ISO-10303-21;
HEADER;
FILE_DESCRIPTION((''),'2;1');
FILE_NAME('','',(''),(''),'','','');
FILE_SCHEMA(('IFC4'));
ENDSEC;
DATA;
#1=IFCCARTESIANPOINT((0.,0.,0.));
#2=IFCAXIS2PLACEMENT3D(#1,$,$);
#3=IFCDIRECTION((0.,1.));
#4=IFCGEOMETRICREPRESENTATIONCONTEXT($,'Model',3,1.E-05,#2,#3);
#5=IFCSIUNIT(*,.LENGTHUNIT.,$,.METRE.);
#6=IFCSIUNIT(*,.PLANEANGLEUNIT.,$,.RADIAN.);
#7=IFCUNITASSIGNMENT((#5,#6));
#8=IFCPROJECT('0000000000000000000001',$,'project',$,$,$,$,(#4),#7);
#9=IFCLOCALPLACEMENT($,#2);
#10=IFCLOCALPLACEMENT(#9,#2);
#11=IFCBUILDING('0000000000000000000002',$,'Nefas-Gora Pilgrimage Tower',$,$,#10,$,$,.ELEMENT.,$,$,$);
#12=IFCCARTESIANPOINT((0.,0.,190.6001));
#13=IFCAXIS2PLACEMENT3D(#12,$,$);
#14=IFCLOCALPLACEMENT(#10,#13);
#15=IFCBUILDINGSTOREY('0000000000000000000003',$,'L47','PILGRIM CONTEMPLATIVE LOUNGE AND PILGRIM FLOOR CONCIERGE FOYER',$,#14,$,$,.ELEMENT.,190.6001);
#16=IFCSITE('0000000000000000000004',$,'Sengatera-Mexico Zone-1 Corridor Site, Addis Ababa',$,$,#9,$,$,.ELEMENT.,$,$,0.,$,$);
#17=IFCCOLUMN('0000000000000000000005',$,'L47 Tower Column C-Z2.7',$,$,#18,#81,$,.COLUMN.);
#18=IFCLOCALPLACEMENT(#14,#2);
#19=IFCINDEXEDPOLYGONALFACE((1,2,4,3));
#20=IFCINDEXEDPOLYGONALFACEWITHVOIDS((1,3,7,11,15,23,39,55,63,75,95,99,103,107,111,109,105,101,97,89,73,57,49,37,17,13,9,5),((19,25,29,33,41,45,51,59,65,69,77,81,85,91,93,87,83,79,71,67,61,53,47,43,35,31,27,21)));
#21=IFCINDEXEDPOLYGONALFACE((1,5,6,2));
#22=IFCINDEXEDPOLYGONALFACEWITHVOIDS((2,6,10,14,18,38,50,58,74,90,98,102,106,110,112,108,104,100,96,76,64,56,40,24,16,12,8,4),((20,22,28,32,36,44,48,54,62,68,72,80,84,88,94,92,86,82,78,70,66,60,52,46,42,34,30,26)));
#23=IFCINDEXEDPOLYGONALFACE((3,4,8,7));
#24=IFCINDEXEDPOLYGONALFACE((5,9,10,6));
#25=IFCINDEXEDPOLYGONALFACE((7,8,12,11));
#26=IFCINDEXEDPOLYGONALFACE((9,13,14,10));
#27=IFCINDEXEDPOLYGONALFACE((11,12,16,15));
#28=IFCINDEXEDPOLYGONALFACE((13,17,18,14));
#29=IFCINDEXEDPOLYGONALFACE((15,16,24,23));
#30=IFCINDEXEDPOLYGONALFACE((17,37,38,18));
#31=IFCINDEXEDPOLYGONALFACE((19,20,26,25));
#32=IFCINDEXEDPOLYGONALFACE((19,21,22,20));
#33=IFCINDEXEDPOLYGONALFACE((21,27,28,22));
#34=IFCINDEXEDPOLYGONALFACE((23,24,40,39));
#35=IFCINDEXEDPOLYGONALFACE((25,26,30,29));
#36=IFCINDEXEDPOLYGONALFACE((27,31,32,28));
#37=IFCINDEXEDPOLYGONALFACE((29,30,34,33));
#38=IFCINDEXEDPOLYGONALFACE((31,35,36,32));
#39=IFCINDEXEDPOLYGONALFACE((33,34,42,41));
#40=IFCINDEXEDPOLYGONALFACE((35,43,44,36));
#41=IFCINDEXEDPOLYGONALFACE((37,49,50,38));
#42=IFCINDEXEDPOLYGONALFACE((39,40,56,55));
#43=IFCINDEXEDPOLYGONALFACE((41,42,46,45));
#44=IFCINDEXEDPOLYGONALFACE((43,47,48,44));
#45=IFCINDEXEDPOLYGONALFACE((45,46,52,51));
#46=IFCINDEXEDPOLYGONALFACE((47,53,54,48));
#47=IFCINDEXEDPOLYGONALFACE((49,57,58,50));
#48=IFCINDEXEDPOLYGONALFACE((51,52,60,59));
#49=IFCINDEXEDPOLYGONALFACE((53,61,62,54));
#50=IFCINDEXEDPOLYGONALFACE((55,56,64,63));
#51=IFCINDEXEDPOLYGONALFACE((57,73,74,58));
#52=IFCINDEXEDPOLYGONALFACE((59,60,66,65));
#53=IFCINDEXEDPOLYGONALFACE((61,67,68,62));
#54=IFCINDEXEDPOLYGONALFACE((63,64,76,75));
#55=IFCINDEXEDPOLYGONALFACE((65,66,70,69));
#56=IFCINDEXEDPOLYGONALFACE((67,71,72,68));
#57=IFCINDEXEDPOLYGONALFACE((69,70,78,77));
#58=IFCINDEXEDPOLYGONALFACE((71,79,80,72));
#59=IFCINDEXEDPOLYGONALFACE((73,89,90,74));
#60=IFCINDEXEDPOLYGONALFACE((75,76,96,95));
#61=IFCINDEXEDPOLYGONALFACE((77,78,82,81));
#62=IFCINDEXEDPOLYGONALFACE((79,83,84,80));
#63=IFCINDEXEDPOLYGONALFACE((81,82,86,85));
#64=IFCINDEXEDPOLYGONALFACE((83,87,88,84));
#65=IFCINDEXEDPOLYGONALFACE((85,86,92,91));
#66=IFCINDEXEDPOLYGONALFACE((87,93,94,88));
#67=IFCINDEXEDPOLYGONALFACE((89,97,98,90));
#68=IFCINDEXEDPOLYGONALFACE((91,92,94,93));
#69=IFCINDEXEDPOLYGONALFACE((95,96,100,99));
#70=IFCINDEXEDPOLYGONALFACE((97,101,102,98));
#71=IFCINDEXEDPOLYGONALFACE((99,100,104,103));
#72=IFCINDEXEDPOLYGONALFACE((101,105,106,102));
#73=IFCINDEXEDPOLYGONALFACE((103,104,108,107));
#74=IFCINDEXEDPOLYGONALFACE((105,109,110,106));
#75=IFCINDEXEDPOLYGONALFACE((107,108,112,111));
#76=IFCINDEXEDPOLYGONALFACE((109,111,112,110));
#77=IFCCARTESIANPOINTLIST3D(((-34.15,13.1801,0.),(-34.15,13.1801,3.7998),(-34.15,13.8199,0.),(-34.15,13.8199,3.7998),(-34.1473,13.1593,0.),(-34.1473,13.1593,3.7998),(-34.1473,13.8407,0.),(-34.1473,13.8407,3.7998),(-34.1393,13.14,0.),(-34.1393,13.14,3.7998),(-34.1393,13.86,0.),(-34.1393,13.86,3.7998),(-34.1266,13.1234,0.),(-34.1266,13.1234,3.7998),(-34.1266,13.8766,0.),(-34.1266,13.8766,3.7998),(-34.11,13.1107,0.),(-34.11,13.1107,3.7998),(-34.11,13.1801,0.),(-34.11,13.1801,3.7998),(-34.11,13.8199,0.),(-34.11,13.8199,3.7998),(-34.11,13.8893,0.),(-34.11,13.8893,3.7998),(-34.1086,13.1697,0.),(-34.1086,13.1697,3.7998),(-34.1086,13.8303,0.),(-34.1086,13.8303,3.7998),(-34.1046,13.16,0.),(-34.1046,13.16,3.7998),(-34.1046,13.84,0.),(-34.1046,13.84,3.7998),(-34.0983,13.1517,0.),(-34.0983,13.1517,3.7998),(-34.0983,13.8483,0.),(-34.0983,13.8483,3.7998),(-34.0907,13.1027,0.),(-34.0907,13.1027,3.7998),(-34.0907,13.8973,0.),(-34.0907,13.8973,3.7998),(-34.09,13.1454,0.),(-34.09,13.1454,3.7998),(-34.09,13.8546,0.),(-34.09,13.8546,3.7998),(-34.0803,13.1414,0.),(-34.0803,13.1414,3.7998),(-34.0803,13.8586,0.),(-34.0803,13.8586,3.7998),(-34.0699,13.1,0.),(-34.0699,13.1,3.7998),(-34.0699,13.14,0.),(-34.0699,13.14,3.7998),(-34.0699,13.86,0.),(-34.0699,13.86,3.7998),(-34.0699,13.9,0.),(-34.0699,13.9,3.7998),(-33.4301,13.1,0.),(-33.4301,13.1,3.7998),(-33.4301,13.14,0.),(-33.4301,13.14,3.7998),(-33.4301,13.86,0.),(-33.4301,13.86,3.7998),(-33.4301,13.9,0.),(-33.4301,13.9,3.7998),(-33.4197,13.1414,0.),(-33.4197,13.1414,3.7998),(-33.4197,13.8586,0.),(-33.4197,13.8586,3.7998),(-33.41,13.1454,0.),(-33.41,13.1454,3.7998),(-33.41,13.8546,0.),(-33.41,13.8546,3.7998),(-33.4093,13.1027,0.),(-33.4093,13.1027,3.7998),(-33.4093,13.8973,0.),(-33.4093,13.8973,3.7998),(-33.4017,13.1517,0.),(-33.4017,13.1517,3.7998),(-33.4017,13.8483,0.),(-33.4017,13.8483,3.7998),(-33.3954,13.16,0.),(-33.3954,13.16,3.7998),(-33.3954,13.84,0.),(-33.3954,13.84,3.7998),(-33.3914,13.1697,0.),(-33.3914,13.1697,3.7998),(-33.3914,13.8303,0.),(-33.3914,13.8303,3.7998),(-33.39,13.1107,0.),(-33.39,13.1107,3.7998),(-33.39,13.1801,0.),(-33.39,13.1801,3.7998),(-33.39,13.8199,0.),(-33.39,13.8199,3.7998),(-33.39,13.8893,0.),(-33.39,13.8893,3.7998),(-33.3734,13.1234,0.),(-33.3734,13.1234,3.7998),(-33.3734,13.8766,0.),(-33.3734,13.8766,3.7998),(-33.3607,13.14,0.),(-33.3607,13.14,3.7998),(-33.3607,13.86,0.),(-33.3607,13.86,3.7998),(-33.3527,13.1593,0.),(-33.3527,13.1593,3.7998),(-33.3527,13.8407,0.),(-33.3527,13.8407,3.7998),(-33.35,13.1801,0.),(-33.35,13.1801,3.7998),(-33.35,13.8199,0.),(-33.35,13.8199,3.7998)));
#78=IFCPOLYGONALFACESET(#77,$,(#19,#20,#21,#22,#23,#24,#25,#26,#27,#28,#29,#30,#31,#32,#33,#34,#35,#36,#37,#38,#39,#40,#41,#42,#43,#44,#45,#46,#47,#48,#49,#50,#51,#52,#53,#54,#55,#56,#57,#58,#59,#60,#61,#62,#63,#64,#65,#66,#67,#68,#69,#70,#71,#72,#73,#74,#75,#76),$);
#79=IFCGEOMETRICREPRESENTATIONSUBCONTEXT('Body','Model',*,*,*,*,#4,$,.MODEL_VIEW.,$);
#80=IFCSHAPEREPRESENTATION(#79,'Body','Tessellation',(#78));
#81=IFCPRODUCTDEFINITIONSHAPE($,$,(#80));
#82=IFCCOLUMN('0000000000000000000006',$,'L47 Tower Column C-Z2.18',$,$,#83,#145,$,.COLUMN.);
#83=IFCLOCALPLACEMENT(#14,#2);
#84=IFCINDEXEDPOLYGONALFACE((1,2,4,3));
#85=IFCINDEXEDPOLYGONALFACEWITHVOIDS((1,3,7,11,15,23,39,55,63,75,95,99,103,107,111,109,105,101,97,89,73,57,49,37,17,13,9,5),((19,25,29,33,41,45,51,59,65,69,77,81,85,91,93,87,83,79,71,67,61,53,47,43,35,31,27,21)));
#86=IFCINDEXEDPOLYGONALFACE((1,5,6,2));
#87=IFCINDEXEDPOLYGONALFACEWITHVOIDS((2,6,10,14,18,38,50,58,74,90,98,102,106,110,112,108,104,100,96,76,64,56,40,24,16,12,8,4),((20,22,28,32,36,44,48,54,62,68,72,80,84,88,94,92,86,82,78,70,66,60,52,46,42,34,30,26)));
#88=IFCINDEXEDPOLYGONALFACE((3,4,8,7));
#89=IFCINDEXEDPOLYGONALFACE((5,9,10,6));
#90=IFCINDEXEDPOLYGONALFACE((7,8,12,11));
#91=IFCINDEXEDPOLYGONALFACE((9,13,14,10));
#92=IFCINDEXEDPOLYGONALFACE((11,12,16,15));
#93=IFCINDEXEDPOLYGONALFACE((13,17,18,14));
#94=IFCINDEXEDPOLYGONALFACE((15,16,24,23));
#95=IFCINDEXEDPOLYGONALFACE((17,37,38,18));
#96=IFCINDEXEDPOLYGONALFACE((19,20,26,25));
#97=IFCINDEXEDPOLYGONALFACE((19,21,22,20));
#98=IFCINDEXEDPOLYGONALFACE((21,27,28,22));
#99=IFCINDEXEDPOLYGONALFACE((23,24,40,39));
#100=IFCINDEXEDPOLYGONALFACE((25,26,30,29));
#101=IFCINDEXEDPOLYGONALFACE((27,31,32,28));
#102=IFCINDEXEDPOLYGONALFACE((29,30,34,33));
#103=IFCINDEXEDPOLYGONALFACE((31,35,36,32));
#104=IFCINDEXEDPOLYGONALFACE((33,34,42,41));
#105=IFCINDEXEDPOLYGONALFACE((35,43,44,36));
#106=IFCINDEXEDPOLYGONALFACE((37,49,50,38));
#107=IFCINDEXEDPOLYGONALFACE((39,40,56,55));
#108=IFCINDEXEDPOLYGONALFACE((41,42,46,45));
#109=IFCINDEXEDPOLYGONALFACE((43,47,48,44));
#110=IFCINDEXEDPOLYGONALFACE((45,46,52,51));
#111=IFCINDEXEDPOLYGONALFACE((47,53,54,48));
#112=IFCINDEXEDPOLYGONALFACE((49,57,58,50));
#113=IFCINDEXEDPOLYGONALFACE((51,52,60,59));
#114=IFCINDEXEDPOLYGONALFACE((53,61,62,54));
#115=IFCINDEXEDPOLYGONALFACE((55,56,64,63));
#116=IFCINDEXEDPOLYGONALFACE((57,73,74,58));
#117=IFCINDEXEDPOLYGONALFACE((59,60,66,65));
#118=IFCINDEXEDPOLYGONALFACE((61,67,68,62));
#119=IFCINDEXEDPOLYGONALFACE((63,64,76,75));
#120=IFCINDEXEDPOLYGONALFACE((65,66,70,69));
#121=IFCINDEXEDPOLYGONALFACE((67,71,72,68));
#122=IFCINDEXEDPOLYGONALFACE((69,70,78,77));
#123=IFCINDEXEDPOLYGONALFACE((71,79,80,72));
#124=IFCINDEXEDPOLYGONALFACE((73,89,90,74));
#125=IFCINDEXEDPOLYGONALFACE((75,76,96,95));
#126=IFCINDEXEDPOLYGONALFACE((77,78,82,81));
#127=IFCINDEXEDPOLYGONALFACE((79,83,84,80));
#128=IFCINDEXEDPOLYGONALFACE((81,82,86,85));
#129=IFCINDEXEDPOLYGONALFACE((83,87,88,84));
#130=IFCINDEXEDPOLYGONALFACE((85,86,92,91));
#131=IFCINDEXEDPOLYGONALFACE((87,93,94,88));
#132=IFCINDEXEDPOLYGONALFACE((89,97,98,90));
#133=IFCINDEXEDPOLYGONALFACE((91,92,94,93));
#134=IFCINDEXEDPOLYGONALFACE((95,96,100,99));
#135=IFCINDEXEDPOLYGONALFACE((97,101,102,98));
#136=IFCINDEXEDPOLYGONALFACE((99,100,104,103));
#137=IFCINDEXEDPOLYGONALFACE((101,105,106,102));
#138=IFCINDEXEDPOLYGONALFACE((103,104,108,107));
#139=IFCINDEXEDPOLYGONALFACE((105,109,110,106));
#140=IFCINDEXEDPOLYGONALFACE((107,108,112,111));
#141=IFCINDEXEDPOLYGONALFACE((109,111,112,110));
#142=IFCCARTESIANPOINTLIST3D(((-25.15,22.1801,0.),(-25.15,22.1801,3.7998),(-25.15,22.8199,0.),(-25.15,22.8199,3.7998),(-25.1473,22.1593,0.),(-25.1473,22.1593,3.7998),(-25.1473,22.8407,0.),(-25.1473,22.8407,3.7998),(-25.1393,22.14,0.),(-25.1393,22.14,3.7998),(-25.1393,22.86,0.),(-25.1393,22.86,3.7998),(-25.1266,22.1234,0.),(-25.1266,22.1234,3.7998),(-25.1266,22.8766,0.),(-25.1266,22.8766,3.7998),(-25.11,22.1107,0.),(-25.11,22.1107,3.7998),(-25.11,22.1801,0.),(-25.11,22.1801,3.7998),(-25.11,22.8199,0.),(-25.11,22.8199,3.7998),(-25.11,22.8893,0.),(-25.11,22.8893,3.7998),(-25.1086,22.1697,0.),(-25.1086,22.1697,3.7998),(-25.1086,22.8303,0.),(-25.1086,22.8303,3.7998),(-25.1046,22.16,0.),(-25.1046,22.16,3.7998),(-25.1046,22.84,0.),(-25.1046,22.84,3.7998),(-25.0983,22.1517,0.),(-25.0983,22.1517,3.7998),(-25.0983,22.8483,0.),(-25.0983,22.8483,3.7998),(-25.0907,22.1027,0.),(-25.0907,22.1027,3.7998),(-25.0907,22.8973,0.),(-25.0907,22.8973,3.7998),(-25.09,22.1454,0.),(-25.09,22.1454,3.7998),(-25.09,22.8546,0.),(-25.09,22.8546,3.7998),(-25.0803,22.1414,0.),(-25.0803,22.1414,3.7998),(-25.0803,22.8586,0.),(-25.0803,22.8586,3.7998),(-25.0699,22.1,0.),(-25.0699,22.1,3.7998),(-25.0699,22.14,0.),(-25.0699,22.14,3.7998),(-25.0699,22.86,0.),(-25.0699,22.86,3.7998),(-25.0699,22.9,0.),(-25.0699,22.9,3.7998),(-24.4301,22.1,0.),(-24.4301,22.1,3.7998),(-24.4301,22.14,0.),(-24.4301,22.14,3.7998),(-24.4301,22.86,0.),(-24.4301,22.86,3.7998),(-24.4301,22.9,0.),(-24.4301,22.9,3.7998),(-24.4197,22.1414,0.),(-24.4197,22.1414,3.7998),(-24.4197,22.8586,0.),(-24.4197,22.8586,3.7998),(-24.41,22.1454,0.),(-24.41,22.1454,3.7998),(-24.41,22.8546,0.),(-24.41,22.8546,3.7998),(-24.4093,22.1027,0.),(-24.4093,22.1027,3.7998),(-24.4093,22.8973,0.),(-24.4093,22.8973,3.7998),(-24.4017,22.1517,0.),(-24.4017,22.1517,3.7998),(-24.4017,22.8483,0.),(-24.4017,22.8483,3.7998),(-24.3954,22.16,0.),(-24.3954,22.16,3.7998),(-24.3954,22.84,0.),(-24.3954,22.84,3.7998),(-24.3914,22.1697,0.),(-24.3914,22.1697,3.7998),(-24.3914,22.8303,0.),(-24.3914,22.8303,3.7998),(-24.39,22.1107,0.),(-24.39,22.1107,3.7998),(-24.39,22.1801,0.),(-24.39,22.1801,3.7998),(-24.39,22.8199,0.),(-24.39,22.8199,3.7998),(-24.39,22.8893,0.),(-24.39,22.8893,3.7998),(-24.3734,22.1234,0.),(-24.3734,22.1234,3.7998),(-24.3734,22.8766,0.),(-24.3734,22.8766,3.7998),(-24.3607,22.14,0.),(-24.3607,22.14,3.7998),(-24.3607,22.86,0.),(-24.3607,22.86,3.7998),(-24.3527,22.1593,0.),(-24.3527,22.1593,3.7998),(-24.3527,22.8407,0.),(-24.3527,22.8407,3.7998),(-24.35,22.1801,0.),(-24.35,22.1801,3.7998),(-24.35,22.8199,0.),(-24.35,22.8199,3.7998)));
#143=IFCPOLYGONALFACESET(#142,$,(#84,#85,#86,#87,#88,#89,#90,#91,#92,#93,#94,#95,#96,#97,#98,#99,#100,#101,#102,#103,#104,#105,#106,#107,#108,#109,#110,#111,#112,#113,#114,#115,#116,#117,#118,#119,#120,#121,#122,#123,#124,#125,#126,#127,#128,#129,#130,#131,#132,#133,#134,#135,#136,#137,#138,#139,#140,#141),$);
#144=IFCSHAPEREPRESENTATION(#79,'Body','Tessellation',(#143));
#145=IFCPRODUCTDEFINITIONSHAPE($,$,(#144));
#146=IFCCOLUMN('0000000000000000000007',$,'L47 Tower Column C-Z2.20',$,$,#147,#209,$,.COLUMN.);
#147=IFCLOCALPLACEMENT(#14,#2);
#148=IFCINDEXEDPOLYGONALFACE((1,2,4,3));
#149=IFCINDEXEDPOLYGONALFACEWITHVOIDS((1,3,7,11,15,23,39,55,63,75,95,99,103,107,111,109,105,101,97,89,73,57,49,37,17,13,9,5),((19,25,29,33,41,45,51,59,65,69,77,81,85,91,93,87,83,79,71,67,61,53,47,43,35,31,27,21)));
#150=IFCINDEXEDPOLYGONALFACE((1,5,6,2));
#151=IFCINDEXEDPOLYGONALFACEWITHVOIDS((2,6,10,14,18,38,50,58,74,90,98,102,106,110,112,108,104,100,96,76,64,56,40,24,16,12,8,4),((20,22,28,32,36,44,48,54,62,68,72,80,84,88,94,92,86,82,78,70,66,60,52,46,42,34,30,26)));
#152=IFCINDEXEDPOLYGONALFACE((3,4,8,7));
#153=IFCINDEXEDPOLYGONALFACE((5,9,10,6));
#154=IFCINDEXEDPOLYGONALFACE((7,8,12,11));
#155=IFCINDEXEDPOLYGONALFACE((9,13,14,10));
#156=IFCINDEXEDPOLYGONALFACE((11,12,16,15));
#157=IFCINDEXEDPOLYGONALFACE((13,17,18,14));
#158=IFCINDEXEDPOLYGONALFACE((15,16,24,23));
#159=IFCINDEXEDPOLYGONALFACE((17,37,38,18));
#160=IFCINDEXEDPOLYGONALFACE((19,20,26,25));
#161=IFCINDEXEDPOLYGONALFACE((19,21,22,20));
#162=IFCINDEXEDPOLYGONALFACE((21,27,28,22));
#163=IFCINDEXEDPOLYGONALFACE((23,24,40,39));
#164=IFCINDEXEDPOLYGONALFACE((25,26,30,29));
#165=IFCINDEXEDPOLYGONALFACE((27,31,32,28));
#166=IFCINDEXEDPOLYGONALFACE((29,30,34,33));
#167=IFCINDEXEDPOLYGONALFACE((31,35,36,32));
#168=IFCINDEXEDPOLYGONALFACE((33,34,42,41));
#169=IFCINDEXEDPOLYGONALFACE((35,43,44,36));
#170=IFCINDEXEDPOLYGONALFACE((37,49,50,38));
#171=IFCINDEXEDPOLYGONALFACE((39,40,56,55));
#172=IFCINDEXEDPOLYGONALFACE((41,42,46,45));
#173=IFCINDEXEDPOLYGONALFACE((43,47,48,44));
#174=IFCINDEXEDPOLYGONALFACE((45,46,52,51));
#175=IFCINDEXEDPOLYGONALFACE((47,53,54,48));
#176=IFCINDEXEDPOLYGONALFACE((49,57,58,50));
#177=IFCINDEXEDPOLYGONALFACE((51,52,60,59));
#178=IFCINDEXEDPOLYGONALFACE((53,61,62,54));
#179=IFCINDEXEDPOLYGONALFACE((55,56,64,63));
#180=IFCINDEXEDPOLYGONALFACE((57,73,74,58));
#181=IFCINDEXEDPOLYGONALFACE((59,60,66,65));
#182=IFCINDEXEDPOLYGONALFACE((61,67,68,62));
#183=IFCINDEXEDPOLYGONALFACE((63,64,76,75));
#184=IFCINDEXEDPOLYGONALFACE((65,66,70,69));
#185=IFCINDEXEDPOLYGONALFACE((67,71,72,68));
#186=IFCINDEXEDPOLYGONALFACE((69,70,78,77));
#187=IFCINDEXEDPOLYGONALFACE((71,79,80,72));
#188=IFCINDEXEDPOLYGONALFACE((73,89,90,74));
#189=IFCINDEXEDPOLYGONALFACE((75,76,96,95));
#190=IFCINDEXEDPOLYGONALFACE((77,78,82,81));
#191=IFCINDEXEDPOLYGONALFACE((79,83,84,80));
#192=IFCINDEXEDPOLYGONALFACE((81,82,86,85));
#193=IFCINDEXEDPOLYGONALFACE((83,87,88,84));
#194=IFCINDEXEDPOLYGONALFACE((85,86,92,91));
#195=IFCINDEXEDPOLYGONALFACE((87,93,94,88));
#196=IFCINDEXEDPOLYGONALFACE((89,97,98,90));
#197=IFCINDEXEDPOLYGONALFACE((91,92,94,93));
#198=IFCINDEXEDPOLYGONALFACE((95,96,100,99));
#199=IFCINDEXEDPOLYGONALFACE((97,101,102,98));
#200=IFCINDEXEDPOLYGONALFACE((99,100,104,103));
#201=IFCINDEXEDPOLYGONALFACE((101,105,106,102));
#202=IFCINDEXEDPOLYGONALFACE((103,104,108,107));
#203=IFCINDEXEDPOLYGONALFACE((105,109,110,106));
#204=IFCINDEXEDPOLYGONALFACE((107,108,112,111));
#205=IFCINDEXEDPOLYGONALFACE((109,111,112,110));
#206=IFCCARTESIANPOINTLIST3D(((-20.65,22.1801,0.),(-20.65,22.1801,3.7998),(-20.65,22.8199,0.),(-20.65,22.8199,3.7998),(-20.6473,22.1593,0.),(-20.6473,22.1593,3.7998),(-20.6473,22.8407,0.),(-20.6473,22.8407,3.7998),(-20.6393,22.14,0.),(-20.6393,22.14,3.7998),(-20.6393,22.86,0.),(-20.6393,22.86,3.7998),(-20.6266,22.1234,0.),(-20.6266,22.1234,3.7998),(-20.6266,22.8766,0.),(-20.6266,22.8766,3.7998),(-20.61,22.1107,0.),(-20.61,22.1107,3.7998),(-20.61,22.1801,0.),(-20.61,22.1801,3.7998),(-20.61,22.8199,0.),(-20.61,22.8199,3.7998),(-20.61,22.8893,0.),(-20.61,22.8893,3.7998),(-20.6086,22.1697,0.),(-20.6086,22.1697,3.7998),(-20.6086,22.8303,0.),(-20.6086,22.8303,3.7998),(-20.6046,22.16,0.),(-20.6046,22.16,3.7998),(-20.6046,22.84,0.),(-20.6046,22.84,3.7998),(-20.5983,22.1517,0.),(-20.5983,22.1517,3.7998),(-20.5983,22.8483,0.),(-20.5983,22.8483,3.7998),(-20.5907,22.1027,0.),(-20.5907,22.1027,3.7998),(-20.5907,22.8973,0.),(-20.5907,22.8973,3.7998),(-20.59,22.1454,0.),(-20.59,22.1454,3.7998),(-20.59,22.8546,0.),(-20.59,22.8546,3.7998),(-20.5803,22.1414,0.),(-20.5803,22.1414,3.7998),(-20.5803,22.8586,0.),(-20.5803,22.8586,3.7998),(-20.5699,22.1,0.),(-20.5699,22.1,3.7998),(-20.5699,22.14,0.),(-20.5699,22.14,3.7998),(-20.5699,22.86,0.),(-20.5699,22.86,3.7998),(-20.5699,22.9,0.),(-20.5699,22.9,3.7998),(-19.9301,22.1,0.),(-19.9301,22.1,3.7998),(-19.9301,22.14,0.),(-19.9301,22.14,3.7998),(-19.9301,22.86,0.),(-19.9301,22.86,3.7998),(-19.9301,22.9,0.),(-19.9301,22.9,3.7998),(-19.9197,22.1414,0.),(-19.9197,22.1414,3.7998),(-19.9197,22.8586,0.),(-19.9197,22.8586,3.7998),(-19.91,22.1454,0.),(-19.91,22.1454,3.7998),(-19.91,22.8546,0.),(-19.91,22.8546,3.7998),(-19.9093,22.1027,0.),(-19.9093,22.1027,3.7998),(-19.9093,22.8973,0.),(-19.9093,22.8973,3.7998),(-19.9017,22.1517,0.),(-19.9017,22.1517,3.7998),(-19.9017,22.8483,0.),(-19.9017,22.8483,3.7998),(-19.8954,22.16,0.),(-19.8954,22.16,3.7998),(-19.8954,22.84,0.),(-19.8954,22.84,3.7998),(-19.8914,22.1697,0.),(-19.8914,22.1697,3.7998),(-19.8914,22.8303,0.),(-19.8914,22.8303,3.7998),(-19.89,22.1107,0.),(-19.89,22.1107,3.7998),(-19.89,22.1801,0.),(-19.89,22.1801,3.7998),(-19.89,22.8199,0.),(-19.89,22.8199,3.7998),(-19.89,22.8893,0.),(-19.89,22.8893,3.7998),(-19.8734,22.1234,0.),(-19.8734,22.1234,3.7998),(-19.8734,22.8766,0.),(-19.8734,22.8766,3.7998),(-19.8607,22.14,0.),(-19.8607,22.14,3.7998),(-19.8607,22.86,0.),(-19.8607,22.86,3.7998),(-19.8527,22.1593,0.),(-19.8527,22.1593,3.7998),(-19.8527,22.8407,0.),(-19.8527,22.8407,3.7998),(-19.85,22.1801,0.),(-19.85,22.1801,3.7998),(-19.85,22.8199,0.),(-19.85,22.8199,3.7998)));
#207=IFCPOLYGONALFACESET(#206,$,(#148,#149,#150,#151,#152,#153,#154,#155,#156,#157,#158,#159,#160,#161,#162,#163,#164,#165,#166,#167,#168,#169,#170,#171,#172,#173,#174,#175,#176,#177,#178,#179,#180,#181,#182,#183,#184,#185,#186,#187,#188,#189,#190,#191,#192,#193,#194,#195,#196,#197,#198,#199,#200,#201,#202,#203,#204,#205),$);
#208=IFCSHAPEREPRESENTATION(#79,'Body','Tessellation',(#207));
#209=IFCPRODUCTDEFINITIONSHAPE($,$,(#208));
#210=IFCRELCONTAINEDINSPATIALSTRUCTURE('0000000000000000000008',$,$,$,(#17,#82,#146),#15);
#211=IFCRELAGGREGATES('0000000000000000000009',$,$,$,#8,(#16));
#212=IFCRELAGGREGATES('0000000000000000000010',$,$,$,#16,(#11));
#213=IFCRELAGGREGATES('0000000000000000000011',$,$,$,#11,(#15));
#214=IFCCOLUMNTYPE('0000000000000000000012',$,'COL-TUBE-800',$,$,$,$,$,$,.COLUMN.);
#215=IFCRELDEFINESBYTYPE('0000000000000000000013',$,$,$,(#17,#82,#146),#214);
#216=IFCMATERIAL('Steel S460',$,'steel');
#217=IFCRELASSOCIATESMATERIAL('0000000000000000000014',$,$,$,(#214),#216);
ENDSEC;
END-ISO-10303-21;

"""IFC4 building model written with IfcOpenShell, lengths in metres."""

from ifc_helpers import new_model, si_unit, direction, frame, origin, origin_2d, place, context, subcontext, project, spatial, hollow_rectangle, extrude, source, transform, mapped, material, material_profile, profile_set, type_object, element, save


model = new_model("IFC4")

# Units and contexts
model_context = context("Model", 3, precision=1e-05, world=origin(), true_north=direction((0.0, 1.0)))
body_context = subcontext(model_context, "Body", "Model", "MODEL_VIEW")
ifc_project = project(units=[si_unit("LENGTHUNIT", "METRE"), si_unit("PLANEANGLEUNIT", "RADIAN")], contexts=[model_context])

# Site, building, storey
site_placement = place(None, origin())
site = spatial("IfcSite", under=ifc_project, at=site_placement, Name="Sengatera-Mexico Zone-1 Corridor Site, Addis Ababa", CompositionType="ELEMENT", RefElevation=0.0)
building_placement = place(site_placement, origin())
building = spatial("IfcBuilding", under=site, at=building_placement, Name="Nefas-Gora Pilgrimage Tower", CompositionType="ELEMENT")
storey_placement = place(building_placement, frame((0.0, 0.0, 190.6001)))
storey = spatial("IfcBuildingStorey", under=building, at=storey_placement, Name="L47", Description="PILGRIM CONTEMPLATIVE LOUNGE AND PILGRIM FLOOR CONCIERGE FOYER", CompositionType="ELEMENT", Elevation=190.6001)

# Columns
ifc_material_1 = material(Name="Steel S460", Category="steel")
ifc_material_profile_1 = material_profile(ifc_material_1, hollow_rectangle(XDim=0.8, YDim=0.8, WallThickness=0.04, InnerFilletRadius=0.04, OuterFilletRadius=0.0801, at=origin_2d()), Name="BOX 800x800x40")
ifc_profile_set_1 = profile_set([ifc_material_profile_1], Name="Steel S460")
column_type_1 = type_object("IfcColumnType", Name="COL-TUBE-800", PredefinedType="COLUMN", material=ifc_profile_set_1)
shared_shape_1 = source(origin(), body_context, "Body", "SweptSolid", [
    extrude(hollow_rectangle(XDim=0.8, YDim=0.8, WallThickness=0.04, InnerFilletRadius=0.04, OuterFilletRadius=0.0801, at=origin_2d()), origin(), (0.0, 0.0, 1.0), 3.7998),
])
for number, where, z_axis, x_axis, name in (
    (1, (-33.75, 13.5, 0.0), (0.0, 0.0, 1.0), (1.0, 0.0, 0.0), "L47 Tower Column C-Z2.7"),
    (2, (-24.75, 22.5, 0.0), (0.0, 0.0, 1.0), (1.0, 0.0, 0.0), "L47 Tower Column C-Z2.18"),
    (3, (-20.25, 22.5, 0.0), (0.0, 0.0, 1.0), (1.0, 0.0, 0.0), "L47 Tower Column C-Z2.20"),
):
    element("IfcColumn", number, at=place(storey_placement, frame(where, z_axis=z_axis, x_axis=x_axis)), inside=storey, type_object=column_type_1, Name=name, PredefinedType="COLUMN", context=body_context, shape_type="MappedRepresentation", body=[
        mapped(shared_shape_1, transform((0.0, 0.0, 0.0), x_axis=(1.0, 0.0, 0.0), y_axis=(0.0, 1.0, 0.0), z_axis=(0.0, 0.0, 1.0), scale=1.0)),
    ])

save(model, "model.ifc")
